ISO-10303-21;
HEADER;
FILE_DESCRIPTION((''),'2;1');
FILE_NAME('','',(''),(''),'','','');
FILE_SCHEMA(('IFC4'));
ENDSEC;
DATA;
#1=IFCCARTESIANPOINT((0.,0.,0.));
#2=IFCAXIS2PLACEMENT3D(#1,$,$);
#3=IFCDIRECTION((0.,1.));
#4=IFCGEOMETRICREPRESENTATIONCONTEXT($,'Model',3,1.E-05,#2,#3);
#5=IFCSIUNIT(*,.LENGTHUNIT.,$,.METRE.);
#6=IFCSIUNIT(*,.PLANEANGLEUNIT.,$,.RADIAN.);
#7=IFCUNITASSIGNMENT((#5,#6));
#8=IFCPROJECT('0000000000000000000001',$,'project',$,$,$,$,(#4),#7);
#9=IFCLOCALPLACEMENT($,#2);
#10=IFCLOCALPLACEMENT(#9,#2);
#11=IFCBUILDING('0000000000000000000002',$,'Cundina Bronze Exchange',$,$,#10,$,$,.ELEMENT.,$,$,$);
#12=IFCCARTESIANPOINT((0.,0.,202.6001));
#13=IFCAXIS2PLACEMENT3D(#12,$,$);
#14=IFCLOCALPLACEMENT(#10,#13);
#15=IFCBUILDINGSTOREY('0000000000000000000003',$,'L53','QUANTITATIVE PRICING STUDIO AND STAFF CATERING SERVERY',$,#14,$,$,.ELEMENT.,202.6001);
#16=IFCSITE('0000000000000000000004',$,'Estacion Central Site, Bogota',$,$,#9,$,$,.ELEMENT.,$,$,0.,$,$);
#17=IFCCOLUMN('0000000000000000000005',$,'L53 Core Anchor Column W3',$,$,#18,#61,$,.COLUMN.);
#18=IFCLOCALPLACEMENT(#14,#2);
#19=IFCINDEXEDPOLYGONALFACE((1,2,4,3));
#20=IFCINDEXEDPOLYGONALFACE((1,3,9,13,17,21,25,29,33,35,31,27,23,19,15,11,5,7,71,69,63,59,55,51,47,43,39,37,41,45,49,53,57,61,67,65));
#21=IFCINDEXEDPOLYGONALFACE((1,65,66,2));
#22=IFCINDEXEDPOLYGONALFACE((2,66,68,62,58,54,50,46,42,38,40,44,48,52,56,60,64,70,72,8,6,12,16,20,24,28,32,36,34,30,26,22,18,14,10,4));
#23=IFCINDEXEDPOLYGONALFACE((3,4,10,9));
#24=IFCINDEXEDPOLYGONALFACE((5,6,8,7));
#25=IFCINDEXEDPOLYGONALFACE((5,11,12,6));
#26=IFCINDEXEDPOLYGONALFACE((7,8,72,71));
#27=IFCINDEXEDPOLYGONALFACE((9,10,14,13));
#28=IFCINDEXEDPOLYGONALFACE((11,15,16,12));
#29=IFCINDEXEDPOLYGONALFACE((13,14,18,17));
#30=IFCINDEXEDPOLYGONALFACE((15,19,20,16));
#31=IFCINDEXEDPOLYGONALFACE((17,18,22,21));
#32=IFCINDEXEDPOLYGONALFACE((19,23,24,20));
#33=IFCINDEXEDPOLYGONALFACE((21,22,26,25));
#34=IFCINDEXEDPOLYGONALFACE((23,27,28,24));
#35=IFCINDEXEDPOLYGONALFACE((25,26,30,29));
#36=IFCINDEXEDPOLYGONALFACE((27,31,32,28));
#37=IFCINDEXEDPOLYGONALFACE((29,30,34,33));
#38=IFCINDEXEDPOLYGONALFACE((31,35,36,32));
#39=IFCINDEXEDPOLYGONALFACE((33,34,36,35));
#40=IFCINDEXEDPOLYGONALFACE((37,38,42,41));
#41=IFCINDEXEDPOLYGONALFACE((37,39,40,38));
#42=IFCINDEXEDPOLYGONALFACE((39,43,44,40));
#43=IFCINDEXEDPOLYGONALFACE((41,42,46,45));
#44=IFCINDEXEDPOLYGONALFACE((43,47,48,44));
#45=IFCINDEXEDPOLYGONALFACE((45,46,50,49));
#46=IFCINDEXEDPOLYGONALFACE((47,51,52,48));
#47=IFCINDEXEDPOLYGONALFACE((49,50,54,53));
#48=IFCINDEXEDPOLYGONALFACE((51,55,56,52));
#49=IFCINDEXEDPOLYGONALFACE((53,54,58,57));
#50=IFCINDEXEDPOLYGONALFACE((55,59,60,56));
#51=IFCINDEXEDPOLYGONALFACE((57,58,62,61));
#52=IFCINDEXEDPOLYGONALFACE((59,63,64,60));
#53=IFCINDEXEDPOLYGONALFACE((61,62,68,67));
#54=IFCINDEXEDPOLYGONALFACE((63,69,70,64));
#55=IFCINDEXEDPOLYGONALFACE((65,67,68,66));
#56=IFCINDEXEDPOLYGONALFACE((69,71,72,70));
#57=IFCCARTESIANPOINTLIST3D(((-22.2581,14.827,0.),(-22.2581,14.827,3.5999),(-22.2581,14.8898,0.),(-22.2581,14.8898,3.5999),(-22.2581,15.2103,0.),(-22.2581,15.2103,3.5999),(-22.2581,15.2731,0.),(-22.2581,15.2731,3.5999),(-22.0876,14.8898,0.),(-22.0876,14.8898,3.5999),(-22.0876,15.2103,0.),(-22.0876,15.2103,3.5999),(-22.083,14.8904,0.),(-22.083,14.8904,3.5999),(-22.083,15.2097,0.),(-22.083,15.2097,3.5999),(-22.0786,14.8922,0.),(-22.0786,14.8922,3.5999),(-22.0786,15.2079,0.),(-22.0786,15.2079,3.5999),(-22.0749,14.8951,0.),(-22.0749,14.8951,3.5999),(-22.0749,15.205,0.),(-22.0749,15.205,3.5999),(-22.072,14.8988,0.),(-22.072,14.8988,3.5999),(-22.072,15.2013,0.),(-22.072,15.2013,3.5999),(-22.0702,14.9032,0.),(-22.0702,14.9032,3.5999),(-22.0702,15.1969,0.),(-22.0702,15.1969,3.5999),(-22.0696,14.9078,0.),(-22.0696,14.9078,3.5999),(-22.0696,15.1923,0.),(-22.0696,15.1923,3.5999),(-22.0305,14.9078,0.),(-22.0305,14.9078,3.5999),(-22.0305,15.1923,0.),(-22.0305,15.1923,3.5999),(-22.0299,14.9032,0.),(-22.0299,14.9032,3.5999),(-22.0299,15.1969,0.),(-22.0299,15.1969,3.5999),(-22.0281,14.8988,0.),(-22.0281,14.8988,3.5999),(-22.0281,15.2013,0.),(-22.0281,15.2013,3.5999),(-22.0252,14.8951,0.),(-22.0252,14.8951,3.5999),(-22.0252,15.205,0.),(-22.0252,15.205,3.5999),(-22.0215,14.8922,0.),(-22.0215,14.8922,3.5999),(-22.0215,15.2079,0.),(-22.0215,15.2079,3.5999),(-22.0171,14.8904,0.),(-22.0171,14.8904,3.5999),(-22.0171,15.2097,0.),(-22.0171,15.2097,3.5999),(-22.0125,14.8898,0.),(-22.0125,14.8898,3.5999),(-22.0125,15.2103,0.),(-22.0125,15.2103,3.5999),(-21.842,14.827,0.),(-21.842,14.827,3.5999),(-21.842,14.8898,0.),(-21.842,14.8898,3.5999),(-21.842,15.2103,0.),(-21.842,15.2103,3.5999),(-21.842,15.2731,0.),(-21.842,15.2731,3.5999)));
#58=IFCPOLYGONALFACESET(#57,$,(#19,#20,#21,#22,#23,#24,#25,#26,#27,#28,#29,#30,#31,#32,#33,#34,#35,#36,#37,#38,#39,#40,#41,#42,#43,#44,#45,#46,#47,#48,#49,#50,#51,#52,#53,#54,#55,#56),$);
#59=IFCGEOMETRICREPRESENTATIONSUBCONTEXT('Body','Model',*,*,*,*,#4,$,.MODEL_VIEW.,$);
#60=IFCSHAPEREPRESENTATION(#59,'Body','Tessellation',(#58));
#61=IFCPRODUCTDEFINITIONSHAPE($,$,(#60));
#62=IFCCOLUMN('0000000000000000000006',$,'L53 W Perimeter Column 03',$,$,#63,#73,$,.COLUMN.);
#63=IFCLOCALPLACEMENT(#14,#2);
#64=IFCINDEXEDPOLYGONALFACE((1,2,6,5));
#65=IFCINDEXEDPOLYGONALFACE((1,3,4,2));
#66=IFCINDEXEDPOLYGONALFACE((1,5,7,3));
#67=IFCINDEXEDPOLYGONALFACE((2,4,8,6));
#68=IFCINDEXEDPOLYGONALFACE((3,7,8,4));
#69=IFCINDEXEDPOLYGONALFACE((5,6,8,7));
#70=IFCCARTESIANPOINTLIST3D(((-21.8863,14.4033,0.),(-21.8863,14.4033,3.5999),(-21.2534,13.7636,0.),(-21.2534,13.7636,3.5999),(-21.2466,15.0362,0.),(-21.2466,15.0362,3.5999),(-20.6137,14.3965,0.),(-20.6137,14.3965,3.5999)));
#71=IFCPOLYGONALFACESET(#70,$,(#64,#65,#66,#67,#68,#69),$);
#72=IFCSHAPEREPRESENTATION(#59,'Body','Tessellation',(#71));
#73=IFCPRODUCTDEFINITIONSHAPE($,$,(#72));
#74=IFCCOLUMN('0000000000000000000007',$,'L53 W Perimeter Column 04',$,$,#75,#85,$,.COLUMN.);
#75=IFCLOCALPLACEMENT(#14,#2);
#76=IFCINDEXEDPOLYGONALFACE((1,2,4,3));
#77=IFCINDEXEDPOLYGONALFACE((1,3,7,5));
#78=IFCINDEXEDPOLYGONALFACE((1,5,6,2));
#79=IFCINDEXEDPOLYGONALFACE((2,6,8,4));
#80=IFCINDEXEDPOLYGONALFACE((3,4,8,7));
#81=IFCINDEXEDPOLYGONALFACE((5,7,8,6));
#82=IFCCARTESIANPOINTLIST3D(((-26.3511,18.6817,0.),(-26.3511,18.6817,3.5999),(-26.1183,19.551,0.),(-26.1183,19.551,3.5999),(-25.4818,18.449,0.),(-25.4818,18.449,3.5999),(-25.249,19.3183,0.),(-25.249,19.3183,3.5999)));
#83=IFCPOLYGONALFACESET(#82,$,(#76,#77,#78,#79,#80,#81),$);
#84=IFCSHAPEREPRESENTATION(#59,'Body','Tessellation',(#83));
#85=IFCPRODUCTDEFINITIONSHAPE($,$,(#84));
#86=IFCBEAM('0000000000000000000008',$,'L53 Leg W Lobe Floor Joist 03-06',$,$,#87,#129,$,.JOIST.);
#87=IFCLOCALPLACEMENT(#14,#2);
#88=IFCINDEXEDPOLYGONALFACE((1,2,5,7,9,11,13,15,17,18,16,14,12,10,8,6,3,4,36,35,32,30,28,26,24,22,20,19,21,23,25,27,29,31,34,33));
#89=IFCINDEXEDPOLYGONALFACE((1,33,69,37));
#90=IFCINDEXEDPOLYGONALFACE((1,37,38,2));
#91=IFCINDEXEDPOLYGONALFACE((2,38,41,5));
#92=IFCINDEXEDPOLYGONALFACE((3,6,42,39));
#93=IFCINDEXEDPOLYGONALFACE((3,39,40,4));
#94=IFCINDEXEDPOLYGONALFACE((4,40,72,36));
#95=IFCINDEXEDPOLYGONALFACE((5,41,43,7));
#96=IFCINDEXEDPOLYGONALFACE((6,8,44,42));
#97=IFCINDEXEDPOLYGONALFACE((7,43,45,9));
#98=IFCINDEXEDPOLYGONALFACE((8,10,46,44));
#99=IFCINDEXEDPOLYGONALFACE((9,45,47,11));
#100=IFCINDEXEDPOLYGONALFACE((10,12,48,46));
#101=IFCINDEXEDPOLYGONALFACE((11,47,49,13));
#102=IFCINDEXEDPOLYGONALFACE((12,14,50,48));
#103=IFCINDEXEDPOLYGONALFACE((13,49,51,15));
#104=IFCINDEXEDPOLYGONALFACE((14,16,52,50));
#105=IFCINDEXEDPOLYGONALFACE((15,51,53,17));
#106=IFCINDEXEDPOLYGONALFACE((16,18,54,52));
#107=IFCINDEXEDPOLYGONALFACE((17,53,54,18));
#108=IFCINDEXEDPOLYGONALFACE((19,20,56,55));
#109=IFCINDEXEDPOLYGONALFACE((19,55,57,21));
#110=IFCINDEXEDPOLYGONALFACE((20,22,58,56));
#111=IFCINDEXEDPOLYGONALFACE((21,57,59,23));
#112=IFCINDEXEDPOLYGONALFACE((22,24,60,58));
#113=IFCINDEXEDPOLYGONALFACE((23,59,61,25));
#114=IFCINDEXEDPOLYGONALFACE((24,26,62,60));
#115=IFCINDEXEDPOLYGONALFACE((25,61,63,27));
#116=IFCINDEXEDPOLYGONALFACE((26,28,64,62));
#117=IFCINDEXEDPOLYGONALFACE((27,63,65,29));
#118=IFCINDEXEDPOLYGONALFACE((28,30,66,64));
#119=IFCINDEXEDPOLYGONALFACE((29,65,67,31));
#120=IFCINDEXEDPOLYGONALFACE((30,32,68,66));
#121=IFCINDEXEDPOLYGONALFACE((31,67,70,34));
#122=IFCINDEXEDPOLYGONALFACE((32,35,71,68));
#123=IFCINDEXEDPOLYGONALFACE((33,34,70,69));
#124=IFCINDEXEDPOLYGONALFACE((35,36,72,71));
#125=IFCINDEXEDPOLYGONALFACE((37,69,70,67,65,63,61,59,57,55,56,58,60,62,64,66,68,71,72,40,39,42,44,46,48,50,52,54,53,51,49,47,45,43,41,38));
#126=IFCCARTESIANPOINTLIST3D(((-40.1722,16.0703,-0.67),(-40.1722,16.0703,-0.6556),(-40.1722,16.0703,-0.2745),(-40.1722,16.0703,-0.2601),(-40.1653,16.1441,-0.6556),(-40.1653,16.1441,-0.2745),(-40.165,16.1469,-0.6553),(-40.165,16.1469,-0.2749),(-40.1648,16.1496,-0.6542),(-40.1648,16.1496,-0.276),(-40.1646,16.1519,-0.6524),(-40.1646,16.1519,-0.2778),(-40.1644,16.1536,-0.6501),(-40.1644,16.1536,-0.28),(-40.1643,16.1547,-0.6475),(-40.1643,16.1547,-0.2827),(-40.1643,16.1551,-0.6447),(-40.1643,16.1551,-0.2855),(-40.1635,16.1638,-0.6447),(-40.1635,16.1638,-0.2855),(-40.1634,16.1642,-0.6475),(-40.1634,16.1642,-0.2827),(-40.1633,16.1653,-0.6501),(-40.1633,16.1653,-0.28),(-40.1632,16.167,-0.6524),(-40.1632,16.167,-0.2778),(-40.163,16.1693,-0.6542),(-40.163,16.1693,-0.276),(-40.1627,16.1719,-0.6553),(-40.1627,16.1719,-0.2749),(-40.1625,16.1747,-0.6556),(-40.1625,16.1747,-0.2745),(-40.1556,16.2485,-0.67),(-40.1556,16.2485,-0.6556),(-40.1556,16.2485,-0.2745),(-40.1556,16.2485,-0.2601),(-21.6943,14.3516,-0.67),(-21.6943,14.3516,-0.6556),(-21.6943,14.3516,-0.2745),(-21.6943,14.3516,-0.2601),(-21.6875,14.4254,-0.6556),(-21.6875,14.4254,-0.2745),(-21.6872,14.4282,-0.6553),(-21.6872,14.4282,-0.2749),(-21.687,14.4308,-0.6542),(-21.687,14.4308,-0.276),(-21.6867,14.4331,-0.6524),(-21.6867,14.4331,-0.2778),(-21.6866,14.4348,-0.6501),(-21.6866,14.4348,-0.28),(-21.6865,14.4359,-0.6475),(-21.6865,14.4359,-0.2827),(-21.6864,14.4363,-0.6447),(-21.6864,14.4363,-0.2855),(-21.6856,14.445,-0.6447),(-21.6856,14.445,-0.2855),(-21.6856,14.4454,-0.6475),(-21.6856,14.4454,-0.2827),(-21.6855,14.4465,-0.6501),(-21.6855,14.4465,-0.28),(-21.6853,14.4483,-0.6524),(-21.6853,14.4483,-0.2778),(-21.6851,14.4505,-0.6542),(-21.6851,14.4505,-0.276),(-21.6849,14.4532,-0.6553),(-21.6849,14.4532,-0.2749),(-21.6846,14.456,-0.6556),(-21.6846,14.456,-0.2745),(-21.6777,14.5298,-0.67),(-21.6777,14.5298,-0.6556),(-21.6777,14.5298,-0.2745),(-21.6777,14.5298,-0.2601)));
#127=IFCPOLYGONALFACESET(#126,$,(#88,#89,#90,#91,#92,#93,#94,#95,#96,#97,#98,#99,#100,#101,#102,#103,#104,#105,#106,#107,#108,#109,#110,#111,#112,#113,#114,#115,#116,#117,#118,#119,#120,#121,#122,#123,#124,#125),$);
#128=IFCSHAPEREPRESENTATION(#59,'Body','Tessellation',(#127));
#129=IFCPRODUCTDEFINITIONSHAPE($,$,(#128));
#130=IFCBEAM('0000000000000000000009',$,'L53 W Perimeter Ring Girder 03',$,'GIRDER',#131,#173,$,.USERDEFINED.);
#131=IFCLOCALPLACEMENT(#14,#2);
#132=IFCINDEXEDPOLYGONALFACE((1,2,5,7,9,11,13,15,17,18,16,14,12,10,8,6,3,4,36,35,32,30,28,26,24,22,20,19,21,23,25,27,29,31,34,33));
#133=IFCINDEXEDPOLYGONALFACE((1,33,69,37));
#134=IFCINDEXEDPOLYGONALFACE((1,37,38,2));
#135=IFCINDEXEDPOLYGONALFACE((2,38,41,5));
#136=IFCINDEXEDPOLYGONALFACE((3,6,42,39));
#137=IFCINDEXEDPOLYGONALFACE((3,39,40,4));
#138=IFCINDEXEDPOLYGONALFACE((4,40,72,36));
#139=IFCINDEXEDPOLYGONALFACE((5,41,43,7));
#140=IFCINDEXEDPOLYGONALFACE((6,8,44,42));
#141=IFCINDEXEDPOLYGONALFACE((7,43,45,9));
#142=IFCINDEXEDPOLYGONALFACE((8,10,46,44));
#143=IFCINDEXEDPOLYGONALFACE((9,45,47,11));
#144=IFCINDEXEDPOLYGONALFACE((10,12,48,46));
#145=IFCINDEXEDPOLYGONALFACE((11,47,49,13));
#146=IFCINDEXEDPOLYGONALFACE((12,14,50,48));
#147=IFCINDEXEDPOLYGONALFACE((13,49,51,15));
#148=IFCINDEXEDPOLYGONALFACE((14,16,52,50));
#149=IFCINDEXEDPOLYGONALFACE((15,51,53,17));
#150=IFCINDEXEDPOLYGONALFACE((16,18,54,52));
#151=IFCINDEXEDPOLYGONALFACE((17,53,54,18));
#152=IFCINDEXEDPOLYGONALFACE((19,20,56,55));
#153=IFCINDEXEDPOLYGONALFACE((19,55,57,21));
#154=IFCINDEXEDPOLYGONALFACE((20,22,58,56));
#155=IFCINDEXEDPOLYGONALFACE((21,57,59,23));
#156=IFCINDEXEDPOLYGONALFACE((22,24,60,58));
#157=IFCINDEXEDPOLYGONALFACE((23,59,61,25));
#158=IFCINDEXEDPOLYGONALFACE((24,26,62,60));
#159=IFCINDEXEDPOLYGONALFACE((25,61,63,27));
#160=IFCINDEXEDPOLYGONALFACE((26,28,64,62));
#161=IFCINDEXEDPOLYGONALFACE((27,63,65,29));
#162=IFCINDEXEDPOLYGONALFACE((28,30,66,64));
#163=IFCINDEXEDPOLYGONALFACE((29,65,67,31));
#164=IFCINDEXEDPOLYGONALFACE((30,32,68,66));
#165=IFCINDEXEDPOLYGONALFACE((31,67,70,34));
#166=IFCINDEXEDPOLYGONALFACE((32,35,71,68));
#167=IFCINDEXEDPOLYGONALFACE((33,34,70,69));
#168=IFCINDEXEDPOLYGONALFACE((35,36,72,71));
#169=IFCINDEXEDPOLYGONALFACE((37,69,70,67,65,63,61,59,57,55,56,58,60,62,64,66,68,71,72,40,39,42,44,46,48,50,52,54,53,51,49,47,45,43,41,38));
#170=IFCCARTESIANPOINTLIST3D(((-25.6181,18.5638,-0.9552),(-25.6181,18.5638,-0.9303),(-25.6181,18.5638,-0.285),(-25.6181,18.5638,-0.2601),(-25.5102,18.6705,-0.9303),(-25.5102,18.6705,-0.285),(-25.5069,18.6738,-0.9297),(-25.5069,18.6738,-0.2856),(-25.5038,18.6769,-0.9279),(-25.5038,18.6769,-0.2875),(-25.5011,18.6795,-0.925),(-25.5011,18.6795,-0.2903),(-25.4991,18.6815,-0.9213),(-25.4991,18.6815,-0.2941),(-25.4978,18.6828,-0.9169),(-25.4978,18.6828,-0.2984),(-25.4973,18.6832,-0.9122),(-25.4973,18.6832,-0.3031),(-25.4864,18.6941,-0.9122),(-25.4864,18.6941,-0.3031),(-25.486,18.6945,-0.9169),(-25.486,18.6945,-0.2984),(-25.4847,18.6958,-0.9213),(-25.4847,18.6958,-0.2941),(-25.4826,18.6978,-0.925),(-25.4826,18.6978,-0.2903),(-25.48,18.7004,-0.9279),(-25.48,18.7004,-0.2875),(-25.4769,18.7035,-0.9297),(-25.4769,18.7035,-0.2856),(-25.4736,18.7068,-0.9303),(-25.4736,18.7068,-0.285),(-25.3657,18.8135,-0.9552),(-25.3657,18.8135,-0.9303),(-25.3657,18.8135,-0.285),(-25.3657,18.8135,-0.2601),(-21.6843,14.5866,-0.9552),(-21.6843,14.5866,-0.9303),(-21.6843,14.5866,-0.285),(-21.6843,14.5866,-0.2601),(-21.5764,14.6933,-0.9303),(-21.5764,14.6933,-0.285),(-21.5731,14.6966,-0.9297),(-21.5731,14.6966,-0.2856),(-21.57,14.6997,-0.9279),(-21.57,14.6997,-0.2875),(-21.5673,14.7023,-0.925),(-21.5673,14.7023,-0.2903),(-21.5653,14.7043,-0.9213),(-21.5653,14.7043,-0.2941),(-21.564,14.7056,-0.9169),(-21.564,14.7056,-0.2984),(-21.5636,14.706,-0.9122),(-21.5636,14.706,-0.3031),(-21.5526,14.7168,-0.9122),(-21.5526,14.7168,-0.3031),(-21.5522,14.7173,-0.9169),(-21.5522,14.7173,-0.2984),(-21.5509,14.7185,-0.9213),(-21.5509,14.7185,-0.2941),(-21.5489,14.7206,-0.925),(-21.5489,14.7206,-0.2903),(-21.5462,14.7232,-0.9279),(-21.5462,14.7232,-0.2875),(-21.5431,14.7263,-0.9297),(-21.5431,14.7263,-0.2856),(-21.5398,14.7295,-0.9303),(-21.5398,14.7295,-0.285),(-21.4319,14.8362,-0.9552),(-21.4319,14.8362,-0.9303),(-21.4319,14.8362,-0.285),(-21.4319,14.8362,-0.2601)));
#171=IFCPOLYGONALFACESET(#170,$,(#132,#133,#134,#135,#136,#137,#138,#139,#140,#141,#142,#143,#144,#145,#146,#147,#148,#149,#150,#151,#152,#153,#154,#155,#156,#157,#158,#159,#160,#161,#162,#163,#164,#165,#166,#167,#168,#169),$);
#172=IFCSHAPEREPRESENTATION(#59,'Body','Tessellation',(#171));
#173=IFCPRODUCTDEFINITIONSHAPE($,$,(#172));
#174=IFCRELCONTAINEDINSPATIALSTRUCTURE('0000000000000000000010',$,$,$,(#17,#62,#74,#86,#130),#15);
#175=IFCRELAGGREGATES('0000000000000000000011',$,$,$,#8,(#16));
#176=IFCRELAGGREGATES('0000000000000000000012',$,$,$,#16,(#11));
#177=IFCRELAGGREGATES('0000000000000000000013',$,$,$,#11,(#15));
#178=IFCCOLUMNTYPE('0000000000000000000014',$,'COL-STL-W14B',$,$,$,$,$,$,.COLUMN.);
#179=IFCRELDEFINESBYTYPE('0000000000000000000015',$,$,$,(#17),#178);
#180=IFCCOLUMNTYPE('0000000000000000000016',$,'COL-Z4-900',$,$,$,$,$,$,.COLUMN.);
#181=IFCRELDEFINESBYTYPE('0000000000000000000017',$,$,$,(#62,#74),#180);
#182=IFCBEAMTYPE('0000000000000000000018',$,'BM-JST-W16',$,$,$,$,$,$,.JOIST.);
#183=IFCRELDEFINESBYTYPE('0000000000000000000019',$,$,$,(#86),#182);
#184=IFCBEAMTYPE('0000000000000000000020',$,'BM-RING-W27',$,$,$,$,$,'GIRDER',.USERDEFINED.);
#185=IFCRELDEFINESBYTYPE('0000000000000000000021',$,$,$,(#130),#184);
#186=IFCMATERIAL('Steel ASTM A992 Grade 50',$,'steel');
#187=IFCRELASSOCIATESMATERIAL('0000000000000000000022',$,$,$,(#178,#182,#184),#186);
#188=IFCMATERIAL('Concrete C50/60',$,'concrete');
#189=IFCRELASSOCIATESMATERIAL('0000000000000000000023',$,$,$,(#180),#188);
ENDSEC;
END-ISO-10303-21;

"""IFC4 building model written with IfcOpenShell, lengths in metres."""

from ifc_helpers import new_model, si_unit, direction, frame, origin, origin_2d, place, context, subcontext, project, spatial, rectangle, i_section, extrude, material, material_profile, profile_set, type_object, element, save


model = new_model("IFC4")

# Units and contexts
model_context = context("Model", 3, precision=1e-05, world=origin(), true_north=direction((0.0, 1.0)))
body_context = subcontext(model_context, "Body", "Model", "MODEL_VIEW")
ifc_project = project(units=[si_unit("LENGTHUNIT", "METRE"), si_unit("PLANEANGLEUNIT", "RADIAN")], contexts=[model_context])

# Site, building, storey
site_placement = place(None, origin())
site = spatial("IfcSite", under=ifc_project, at=site_placement, Name="Estacion Central Site, Bogota", CompositionType="ELEMENT", RefElevation=0.0)
building_placement = place(site_placement, origin())
building = spatial("IfcBuilding", under=site, at=building_placement, Name="Cundina Bronze Exchange", CompositionType="ELEMENT")
storey_placement = place(building_placement, frame((0.0, 0.0, 202.6001)))
storey = spatial("IfcBuildingStorey", under=building, at=storey_placement, Name="L53", Description="QUANTITATIVE PRICING STUDIO AND STAFF CATERING SERVERY", CompositionType="ELEMENT", Elevation=202.6001)

# Columns
ifc_material_1 = material(Name="Steel ASTM A992 Grade 50", Category="steel")
ifc_material_profile_1 = material_profile(ifc_material_1, i_section(OverallWidth=0.416, OverallDepth=0.446, WebThickness=0.0391, FlangeThickness=0.0627, FilletRadius=0.0181, at=origin_2d()), Name="W14X342", Category="steel")
ifc_profile_set_1 = profile_set([ifc_material_profile_1], Name="Steel ASTM A992 Grade 50")
column_type_1 = type_object("IfcColumnType", Name="COL-STL-W14B", PredefinedType="COLUMN", material=ifc_profile_set_1)
column_placement = place(storey_placement, frame((-22.05, 15.05, 0.0), z_axis=(0.0, 0.0, 1.0), x_axis=(1.0, 0.0, 0.0)))
element("IfcColumn", 1, at=column_placement, inside=storey, type_object=column_type_1, Name="L53 Core Anchor Column W3", PredefinedType="COLUMN", context=body_context, shape_type="SweptSolid", body=[
    extrude(i_section(OverallWidth=0.416, OverallDepth=0.446, WebThickness=0.0391, FlangeThickness=0.0627, FilletRadius=0.0181, at=origin_2d()), origin(), (0.0, 0.0, 1.0), 3.5999),
])
ifc_material_2 = material(Name="Concrete C50/60", Category="concrete")
ifc_material_profile_2 = material_profile(ifc_material_2, rectangle(XDim=0.8999, YDim=0.8999, at=origin_2d()), Name="RC900X900", Category="concrete")
ifc_profile_set_2 = profile_set([ifc_material_profile_2], Name="Concrete C50/60")
column_type_2 = type_object("IfcColumnType", Name="COL-Z4-900", PredefinedType="COLUMN", material=ifc_profile_set_2)
for number, where, z_axis, x_axis, name in (
    (2, (-21.25, 14.3999, 0.0), (0.0, 0.0, 1.0), (-0.703271, 0.710922, 0.0), "L53 W Perimeter Column 03"),
    (3, (-25.8, 19.0, 0.0), (0.0, 0.0, 1.0), (-0.965971, 0.25865, 0.0), "L53 W Perimeter Column 04"),
):
    element("IfcColumn", number, at=place(storey_placement, frame(where, z_axis=z_axis, x_axis=x_axis)), inside=storey, type_object=column_type_2, Name=name, PredefinedType="COLUMN", context=body_context, shape_type="SweptSolid", body=[
        extrude(rectangle(XDim=0.8999, YDim=0.8999, at=origin_2d()), origin(), (0.0, 0.0, 1.0), 3.5999),
    ])

# Beams
ifc_material_profile_3 = material_profile(ifc_material_1, i_section(OverallWidth=0.179, OverallDepth=0.4099, WebThickness=0.0088, FlangeThickness=0.0144, FilletRadius=0.011, at=origin_2d()), Name="W16X45", Category="steel")
ifc_profile_set_3 = profile_set([ifc_material_profile_3], Name="Steel ASTM A992 Grade 50")
beam_type_1 = type_object("IfcBeamType", Name="BM-JST-W16", PredefinedType="JOIST", material=ifc_profile_set_3)
beam_1_placement = place(storey_placement, frame((-21.686, 14.4407, -0.4651), z_axis=(-0.995702, 0.092617, 0.0), x_axis=(-0.092617, -0.995702, 0.0)))
element("IfcBeam", 4, at=beam_1_placement, inside=storey, type_object=beam_type_1, Name="L53 Leg W Lobe Floor Joist 03-06", PredefinedType="JOIST", context=body_context, shape_type="SweptSolid", body=[
    extrude(i_section(OverallWidth=0.179, OverallDepth=0.4099, WebThickness=0.0088, FlangeThickness=0.0144, FilletRadius=0.011, at=origin_2d()), origin(), (0.0, 0.0, 1.0), 18.5576),
])
ifc_material_profile_4 = material_profile(ifc_material_1, i_section(OverallWidth=0.355, OverallDepth=0.6951, WebThickness=0.0154, FlangeThickness=0.0249, FilletRadius=0.0181, at=origin_2d()), Name="W27X146", Category="steel")
ifc_profile_set_4 = profile_set([ifc_material_profile_4], Name="Steel ASTM A992 Grade 50")
beam_type_2 = type_object("IfcBeamType", Name="BM-RING-W27", ElementType="GIRDER", PredefinedType="USERDEFINED", material=ifc_profile_set_4)
beam_2_placement = place(storey_placement, frame((-21.5581, 14.7114, -0.6077), z_axis=(-0.703212, 0.71098, 0.0), x_axis=(-0.71098, -0.703212, 0.0)))
element("IfcBeam", 5, at=beam_2_placement, inside=storey, type_object=beam_type_2, Name="L53 W Perimeter Ring Girder 03", ObjectType="GIRDER", PredefinedType="USERDEFINED", context=body_context, shape_type="SweptSolid", body=[
    extrude(i_section(OverallWidth=0.355, OverallDepth=0.6951, WebThickness=0.0154, FlangeThickness=0.0249, FilletRadius=0.0181, at=origin_2d()), origin(), (0.0, 0.0, 1.0), 5.594),
])

save(model, "model.ifc")
